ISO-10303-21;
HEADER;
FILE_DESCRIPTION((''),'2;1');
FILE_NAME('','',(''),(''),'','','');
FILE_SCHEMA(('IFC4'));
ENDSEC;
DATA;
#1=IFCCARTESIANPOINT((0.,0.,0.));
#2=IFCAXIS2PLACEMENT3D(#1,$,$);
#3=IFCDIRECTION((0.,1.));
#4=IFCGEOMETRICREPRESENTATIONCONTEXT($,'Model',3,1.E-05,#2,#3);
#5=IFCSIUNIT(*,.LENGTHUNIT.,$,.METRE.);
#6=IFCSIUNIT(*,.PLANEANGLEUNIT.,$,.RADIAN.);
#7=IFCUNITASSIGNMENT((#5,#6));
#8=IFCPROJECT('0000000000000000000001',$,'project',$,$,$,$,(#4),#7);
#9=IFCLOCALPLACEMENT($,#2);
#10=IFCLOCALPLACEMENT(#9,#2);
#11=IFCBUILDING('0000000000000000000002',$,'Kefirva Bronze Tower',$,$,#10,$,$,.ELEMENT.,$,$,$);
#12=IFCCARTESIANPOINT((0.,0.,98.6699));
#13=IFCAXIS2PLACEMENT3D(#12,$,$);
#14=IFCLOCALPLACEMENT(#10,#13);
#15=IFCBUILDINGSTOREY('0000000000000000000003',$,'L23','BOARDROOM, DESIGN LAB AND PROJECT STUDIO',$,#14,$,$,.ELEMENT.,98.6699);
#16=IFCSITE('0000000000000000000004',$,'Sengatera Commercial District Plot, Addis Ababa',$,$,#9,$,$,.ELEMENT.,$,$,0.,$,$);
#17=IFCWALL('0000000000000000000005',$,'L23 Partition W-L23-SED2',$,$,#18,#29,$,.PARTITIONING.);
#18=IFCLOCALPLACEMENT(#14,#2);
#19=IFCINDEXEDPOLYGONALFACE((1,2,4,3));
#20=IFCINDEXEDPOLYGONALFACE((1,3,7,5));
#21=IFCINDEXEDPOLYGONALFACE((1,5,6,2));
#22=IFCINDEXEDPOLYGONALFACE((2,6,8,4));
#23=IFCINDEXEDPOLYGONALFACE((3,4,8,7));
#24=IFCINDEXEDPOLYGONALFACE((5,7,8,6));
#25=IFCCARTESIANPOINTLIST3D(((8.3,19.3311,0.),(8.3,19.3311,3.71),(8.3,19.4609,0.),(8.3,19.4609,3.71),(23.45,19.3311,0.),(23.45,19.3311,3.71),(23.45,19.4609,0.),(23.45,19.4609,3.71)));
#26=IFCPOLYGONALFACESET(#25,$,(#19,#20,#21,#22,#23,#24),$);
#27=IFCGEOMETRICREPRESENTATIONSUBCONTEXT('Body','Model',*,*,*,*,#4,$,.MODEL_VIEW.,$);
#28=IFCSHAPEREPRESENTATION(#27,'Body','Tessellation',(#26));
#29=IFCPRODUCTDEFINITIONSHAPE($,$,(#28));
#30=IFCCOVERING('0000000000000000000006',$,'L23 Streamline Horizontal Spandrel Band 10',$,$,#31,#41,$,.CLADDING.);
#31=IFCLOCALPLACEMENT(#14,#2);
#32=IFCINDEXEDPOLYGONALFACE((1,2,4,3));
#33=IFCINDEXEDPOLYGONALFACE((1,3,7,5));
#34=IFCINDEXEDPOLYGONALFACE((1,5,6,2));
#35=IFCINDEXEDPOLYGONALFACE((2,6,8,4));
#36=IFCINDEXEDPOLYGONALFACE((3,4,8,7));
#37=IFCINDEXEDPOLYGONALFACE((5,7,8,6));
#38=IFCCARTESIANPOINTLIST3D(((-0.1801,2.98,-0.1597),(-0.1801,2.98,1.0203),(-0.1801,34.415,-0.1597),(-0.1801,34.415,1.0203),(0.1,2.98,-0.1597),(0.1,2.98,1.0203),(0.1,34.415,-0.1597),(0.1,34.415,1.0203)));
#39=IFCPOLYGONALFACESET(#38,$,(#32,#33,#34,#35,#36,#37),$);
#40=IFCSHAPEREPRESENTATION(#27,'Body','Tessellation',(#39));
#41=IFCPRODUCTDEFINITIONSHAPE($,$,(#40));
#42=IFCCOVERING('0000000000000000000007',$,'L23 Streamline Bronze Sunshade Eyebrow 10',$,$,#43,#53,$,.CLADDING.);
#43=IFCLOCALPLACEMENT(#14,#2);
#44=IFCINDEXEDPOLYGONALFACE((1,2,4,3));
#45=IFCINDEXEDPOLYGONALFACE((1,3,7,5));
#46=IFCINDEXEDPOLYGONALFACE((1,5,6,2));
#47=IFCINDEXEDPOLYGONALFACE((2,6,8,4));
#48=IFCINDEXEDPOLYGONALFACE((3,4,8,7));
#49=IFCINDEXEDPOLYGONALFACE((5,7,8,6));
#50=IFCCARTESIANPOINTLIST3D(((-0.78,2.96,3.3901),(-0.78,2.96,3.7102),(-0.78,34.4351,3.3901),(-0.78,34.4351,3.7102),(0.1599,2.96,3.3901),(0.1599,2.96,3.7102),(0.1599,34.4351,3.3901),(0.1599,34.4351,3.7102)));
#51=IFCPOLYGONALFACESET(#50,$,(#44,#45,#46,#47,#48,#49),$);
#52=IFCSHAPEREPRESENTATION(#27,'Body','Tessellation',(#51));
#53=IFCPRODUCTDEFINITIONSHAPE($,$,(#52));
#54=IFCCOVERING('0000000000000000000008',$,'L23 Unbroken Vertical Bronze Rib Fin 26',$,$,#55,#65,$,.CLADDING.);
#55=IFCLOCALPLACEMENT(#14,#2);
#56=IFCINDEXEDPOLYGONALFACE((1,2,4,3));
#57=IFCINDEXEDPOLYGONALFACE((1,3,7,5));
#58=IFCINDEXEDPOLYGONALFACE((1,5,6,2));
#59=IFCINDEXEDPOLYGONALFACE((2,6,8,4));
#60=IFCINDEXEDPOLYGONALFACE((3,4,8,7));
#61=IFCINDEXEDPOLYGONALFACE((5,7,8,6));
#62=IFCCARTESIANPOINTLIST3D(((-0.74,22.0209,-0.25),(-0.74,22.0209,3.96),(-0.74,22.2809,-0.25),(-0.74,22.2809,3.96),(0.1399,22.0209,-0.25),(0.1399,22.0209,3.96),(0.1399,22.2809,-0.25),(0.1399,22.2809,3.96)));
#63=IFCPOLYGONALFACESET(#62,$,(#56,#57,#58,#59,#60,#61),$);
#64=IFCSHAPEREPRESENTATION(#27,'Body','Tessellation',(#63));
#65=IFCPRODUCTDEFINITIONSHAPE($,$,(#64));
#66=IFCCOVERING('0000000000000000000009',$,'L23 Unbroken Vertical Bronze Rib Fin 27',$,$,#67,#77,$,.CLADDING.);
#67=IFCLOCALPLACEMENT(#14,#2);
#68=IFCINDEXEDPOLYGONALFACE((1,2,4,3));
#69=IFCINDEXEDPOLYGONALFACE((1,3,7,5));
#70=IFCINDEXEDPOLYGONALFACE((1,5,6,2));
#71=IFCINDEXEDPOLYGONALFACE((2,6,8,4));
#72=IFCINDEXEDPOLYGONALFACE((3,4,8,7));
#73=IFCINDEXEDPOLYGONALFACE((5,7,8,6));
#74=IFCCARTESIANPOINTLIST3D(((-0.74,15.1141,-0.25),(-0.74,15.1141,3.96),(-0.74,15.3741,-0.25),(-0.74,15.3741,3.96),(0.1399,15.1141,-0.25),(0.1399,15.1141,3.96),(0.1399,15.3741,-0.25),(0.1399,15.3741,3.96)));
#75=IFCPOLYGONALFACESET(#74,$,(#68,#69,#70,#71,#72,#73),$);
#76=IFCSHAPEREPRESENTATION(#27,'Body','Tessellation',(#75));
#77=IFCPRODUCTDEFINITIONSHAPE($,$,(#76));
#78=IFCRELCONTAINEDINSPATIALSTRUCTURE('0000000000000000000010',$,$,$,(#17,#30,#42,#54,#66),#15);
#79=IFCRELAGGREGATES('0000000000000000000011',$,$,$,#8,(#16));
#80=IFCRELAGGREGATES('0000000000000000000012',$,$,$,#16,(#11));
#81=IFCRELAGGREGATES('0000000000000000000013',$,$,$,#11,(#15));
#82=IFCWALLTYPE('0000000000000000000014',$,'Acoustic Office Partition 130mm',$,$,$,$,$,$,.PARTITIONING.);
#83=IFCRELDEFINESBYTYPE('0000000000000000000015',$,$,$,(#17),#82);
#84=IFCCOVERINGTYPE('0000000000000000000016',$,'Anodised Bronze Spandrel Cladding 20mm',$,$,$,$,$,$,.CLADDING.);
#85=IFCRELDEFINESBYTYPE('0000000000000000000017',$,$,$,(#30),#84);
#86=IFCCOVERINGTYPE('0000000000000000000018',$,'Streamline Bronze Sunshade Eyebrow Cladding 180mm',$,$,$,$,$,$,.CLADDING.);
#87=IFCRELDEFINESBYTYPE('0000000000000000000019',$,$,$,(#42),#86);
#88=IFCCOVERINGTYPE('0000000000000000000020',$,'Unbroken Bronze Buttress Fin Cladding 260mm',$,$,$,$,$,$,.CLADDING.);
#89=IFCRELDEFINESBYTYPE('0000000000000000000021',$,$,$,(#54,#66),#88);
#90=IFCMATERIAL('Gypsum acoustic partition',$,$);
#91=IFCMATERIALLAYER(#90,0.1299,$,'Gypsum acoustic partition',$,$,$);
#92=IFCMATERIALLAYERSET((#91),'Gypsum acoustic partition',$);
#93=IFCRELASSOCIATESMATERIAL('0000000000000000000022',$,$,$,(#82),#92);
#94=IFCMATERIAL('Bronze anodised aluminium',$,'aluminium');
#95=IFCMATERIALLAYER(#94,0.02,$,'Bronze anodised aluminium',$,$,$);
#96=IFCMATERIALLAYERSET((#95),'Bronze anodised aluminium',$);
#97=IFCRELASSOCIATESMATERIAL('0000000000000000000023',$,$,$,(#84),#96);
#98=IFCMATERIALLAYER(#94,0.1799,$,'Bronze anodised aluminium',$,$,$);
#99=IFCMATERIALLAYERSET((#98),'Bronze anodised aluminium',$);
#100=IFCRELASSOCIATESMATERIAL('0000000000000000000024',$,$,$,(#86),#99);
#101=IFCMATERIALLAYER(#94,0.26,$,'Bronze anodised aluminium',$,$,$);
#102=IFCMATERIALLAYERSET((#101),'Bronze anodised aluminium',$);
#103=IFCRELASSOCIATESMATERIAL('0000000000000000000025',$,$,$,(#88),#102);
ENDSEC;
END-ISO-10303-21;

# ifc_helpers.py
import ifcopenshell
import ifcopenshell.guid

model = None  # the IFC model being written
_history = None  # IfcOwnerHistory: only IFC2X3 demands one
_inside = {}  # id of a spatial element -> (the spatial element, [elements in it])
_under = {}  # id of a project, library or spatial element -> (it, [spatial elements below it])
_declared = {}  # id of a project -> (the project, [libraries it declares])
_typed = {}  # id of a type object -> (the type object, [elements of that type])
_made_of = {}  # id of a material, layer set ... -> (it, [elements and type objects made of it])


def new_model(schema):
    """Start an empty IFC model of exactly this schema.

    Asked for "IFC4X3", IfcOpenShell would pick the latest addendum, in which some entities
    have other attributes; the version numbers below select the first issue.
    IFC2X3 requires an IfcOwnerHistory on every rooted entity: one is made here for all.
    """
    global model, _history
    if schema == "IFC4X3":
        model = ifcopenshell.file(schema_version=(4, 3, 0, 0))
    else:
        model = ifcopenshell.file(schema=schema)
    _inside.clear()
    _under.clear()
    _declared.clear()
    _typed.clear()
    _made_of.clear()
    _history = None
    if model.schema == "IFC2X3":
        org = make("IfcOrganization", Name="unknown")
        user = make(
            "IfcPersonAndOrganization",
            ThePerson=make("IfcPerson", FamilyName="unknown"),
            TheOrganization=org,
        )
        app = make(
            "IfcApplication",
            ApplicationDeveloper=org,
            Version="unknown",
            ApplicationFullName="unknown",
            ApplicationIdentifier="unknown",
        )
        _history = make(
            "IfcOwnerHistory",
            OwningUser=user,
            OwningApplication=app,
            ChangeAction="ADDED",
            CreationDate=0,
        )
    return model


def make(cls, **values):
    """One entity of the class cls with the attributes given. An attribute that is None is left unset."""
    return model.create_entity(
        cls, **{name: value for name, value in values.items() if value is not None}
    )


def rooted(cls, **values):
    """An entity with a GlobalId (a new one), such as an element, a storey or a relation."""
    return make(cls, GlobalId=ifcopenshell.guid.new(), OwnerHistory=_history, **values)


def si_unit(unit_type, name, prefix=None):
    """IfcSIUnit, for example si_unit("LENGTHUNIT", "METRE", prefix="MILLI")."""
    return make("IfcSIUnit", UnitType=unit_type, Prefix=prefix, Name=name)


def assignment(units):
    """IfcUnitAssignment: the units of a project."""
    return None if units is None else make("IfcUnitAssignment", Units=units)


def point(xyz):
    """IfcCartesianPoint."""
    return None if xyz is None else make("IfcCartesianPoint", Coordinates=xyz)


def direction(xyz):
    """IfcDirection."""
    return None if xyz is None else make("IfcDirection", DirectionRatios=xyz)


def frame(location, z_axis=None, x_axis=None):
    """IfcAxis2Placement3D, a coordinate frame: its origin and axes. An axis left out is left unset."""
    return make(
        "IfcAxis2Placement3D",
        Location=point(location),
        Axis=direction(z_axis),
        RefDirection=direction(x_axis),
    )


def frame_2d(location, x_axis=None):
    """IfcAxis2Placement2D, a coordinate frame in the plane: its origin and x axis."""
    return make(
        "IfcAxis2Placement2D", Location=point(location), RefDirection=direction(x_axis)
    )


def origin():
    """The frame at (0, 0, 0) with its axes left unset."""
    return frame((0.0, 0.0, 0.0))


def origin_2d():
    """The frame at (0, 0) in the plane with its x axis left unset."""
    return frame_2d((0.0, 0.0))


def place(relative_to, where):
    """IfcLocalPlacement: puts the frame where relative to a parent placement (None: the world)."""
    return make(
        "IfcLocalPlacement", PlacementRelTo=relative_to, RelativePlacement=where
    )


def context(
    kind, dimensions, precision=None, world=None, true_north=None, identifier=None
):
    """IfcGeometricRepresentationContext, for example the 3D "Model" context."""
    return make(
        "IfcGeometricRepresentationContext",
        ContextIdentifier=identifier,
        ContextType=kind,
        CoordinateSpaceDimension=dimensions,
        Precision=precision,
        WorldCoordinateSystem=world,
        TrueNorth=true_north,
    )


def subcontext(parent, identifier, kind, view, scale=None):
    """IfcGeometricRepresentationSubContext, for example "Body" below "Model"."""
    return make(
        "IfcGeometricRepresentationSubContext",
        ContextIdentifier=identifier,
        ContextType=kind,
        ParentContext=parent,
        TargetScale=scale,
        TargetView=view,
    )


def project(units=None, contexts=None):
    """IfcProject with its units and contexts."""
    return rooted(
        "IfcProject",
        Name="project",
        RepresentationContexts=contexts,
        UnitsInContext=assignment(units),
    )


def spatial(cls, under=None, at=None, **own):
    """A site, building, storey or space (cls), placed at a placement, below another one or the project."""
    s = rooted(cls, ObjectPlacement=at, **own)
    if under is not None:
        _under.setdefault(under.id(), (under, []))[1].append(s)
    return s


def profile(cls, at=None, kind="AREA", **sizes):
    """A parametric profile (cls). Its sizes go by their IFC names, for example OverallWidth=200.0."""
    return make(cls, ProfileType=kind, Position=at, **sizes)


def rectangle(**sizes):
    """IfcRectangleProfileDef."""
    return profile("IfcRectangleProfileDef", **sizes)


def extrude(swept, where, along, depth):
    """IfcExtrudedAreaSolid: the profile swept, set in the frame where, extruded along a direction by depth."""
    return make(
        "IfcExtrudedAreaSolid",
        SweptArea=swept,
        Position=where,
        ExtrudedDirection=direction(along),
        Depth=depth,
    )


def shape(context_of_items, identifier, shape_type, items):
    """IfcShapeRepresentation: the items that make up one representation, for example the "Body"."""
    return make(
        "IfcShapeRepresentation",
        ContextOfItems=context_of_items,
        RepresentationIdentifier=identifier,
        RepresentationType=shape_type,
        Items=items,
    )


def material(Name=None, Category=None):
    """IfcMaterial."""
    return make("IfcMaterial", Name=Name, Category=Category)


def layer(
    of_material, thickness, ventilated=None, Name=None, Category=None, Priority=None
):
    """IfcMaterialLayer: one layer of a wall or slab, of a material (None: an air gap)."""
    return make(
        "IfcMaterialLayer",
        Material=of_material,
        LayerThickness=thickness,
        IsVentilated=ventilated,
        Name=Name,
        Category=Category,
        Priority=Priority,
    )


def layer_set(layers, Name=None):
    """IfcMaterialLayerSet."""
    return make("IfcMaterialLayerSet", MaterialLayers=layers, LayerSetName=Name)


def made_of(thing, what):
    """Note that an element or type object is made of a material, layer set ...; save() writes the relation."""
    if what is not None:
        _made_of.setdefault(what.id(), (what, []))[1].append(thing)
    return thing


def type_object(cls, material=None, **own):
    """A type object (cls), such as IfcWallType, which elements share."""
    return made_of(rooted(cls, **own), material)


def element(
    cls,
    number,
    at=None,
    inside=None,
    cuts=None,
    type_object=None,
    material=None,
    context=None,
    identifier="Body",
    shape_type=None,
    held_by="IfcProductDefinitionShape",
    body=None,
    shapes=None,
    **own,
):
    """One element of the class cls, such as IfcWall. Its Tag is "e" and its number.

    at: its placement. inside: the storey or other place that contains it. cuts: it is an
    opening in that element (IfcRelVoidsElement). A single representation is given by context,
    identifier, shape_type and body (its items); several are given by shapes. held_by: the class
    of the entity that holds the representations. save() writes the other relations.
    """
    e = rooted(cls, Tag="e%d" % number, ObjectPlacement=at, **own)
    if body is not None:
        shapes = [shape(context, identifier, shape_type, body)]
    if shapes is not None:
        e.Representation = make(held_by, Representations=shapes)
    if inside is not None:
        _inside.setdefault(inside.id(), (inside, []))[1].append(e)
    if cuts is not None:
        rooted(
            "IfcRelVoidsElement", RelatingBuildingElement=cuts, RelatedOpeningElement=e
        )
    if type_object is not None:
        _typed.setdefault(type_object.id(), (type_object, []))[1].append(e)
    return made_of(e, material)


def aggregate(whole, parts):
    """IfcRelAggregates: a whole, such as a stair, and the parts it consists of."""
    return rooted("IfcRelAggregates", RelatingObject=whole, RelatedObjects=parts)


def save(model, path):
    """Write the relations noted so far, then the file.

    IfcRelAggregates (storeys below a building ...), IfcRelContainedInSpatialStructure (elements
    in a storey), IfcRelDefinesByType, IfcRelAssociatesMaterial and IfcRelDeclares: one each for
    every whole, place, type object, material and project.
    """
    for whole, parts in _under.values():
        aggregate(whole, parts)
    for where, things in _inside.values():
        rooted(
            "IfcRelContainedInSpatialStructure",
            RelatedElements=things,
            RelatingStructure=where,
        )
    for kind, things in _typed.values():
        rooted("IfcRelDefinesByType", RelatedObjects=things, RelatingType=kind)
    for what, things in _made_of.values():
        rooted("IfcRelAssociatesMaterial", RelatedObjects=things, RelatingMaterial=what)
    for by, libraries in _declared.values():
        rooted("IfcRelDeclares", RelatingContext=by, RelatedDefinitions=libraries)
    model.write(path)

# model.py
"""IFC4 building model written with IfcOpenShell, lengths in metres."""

from ifc_helpers import new_model, si_unit, direction, frame, frame_2d, origin, origin_2d, place, context, subcontext, project, spatial, rectangle, extrude, material, layer, layer_set, type_object, element, save


model = new_model("IFC4")

# Units and contexts
model_context = context("Model", 3, precision=1e-05, world=origin(), true_north=direction((0.0, 1.0)))
body_context = subcontext(model_context, "Body", "Model", "MODEL_VIEW")
ifc_project = project(units=[si_unit("LENGTHUNIT", "METRE"), si_unit("PLANEANGLEUNIT", "RADIAN")], contexts=[model_context])

# Site, building, storey
site_placement = place(None, origin())
site = spatial("IfcSite", under=ifc_project, at=site_placement, Name="Sengatera Commercial District Plot, Addis Ababa", CompositionType="ELEMENT", RefElevation=0.0)
building_placement = place(site_placement, origin())
building = spatial("IfcBuilding", under=site, at=building_placement, Name="Kefirva Bronze Tower", CompositionType="ELEMENT")
storey_placement = place(building_placement, frame((0.0, 0.0, 98.6699)))
storey = spatial("IfcBuildingStorey", under=building, at=storey_placement, Name="L23", Description="BOARDROOM, DESIGN LAB AND PROJECT STUDIO", CompositionType="ELEMENT", Elevation=98.6699)

# Shared definitions
ifc_material_1 = material(Name="Bronze anodised aluminium", Category="aluminium")

# Wall
ifc_material_2 = material(Name="Gypsum acoustic partition")
ifc_layer_1 = layer(ifc_material_2, 0.1299, Name="Gypsum acoustic partition")
ifc_layer_set_1 = layer_set([ifc_layer_1], Name="Gypsum acoustic partition")
wall_type = type_object("IfcWallType", Name="Acoustic Office Partition 130mm", PredefinedType="PARTITIONING", material=ifc_layer_set_1)
wall_1_placement = place(storey_placement, frame((8.3, 19.396, 0.0), z_axis=(0.0, 0.0, 1.0), x_axis=(1.0, 0.0, 0.0)))
element("IfcWall", 1, at=wall_1_placement, inside=storey, type_object=wall_type, Name="L23 Partition W-L23-SED2", PredefinedType="PARTITIONING", context=body_context, shape_type="SweptSolid", body=[
    extrude(rectangle(XDim=15.1499, YDim=0.1299, at=frame_2d((7.575, 0.0))), origin(), (0.0, 0.0, 1.0), 3.71),
])

# Coverings
ifc_layer_2 = layer(ifc_material_1, 0.02, Name="Bronze anodised aluminium")
ifc_layer_set_2 = layer_set([ifc_layer_2], Name="Bronze anodised aluminium")
covering_type_1 = type_object("IfcCoveringType", Name="Anodised Bronze Spandrel Cladding 20mm", PredefinedType="CLADDING", material=ifc_layer_set_2)
covering_1_placement = place(storey_placement, frame((-0.04, 18.6975, -0.1597), z_axis=(0.0, 0.0, 1.0), x_axis=(0.0, -1.0, 0.0)))
element("IfcCovering", 2, at=covering_1_placement, inside=storey, type_object=covering_type_1, Name="L23 Streamline Horizontal Spandrel Band 10", PredefinedType="CLADDING", context=body_context, shape_type="SweptSolid", body=[
    extrude(rectangle(XDim=31.4351, YDim=0.28, at=origin_2d()), origin(), (0.0, 0.0, 1.0), 1.1799),
])
ifc_layer_3 = layer(ifc_material_1, 0.1799, Name="Bronze anodised aluminium")
ifc_layer_set_3 = layer_set([ifc_layer_3], Name="Bronze anodised aluminium")
covering_type_2 = type_object("IfcCoveringType", Name="Streamline Bronze Sunshade Eyebrow Cladding 180mm", PredefinedType="CLADDING", material=ifc_layer_set_3)
covering_2_placement = place(storey_placement, frame((-0.3101, 18.6975, 3.3901), z_axis=(0.0, 0.0, 1.0), x_axis=(0.0, -1.0, 0.0)))
element("IfcCovering", 3, at=covering_2_placement, inside=storey, type_object=covering_type_2, Name="L23 Streamline Bronze Sunshade Eyebrow 10", PredefinedType="CLADDING", context=body_context, shape_type="SweptSolid", body=[
    extrude(rectangle(XDim=31.4751, YDim=0.9399, at=origin_2d()), origin(), (0.0, 0.0, 1.0), 0.3201),
])
ifc_layer_4 = layer(ifc_material_1, 0.26, Name="Bronze anodised aluminium")
ifc_layer_set_4 = layer_set([ifc_layer_4], Name="Bronze anodised aluminium")
covering_type_3 = type_object("IfcCoveringType", Name="Unbroken Bronze Buttress Fin Cladding 260mm", PredefinedType="CLADDING", material=ifc_layer_set_4)
for number, where, z_axis, x_axis, name in (
    (4, (-0.3, 22.1509, -0.25), (0.0, 0.0, 1.0), (0.0, -1.0, 0.0), "L23 Unbroken Vertical Bronze Rib Fin 26"),
    (5, (-0.3, 15.2441, -0.25), (0.0, 0.0, 1.0), (0.0, -1.0, 0.0), "L23 Unbroken Vertical Bronze Rib Fin 27"),
):
    element("IfcCovering", number, at=place(storey_placement, frame(where, z_axis=z_axis, x_axis=x_axis)), inside=storey, type_object=covering_type_3, Name=name, PredefinedType="CLADDING", context=body_context, shape_type="SweptSolid", body=[
        extrude(rectangle(XDim=0.26, YDim=0.8799, at=origin_2d()), origin(), (0.0, 0.0, 1.0), 4.21),
    ])

save(model, "model.ifc")
